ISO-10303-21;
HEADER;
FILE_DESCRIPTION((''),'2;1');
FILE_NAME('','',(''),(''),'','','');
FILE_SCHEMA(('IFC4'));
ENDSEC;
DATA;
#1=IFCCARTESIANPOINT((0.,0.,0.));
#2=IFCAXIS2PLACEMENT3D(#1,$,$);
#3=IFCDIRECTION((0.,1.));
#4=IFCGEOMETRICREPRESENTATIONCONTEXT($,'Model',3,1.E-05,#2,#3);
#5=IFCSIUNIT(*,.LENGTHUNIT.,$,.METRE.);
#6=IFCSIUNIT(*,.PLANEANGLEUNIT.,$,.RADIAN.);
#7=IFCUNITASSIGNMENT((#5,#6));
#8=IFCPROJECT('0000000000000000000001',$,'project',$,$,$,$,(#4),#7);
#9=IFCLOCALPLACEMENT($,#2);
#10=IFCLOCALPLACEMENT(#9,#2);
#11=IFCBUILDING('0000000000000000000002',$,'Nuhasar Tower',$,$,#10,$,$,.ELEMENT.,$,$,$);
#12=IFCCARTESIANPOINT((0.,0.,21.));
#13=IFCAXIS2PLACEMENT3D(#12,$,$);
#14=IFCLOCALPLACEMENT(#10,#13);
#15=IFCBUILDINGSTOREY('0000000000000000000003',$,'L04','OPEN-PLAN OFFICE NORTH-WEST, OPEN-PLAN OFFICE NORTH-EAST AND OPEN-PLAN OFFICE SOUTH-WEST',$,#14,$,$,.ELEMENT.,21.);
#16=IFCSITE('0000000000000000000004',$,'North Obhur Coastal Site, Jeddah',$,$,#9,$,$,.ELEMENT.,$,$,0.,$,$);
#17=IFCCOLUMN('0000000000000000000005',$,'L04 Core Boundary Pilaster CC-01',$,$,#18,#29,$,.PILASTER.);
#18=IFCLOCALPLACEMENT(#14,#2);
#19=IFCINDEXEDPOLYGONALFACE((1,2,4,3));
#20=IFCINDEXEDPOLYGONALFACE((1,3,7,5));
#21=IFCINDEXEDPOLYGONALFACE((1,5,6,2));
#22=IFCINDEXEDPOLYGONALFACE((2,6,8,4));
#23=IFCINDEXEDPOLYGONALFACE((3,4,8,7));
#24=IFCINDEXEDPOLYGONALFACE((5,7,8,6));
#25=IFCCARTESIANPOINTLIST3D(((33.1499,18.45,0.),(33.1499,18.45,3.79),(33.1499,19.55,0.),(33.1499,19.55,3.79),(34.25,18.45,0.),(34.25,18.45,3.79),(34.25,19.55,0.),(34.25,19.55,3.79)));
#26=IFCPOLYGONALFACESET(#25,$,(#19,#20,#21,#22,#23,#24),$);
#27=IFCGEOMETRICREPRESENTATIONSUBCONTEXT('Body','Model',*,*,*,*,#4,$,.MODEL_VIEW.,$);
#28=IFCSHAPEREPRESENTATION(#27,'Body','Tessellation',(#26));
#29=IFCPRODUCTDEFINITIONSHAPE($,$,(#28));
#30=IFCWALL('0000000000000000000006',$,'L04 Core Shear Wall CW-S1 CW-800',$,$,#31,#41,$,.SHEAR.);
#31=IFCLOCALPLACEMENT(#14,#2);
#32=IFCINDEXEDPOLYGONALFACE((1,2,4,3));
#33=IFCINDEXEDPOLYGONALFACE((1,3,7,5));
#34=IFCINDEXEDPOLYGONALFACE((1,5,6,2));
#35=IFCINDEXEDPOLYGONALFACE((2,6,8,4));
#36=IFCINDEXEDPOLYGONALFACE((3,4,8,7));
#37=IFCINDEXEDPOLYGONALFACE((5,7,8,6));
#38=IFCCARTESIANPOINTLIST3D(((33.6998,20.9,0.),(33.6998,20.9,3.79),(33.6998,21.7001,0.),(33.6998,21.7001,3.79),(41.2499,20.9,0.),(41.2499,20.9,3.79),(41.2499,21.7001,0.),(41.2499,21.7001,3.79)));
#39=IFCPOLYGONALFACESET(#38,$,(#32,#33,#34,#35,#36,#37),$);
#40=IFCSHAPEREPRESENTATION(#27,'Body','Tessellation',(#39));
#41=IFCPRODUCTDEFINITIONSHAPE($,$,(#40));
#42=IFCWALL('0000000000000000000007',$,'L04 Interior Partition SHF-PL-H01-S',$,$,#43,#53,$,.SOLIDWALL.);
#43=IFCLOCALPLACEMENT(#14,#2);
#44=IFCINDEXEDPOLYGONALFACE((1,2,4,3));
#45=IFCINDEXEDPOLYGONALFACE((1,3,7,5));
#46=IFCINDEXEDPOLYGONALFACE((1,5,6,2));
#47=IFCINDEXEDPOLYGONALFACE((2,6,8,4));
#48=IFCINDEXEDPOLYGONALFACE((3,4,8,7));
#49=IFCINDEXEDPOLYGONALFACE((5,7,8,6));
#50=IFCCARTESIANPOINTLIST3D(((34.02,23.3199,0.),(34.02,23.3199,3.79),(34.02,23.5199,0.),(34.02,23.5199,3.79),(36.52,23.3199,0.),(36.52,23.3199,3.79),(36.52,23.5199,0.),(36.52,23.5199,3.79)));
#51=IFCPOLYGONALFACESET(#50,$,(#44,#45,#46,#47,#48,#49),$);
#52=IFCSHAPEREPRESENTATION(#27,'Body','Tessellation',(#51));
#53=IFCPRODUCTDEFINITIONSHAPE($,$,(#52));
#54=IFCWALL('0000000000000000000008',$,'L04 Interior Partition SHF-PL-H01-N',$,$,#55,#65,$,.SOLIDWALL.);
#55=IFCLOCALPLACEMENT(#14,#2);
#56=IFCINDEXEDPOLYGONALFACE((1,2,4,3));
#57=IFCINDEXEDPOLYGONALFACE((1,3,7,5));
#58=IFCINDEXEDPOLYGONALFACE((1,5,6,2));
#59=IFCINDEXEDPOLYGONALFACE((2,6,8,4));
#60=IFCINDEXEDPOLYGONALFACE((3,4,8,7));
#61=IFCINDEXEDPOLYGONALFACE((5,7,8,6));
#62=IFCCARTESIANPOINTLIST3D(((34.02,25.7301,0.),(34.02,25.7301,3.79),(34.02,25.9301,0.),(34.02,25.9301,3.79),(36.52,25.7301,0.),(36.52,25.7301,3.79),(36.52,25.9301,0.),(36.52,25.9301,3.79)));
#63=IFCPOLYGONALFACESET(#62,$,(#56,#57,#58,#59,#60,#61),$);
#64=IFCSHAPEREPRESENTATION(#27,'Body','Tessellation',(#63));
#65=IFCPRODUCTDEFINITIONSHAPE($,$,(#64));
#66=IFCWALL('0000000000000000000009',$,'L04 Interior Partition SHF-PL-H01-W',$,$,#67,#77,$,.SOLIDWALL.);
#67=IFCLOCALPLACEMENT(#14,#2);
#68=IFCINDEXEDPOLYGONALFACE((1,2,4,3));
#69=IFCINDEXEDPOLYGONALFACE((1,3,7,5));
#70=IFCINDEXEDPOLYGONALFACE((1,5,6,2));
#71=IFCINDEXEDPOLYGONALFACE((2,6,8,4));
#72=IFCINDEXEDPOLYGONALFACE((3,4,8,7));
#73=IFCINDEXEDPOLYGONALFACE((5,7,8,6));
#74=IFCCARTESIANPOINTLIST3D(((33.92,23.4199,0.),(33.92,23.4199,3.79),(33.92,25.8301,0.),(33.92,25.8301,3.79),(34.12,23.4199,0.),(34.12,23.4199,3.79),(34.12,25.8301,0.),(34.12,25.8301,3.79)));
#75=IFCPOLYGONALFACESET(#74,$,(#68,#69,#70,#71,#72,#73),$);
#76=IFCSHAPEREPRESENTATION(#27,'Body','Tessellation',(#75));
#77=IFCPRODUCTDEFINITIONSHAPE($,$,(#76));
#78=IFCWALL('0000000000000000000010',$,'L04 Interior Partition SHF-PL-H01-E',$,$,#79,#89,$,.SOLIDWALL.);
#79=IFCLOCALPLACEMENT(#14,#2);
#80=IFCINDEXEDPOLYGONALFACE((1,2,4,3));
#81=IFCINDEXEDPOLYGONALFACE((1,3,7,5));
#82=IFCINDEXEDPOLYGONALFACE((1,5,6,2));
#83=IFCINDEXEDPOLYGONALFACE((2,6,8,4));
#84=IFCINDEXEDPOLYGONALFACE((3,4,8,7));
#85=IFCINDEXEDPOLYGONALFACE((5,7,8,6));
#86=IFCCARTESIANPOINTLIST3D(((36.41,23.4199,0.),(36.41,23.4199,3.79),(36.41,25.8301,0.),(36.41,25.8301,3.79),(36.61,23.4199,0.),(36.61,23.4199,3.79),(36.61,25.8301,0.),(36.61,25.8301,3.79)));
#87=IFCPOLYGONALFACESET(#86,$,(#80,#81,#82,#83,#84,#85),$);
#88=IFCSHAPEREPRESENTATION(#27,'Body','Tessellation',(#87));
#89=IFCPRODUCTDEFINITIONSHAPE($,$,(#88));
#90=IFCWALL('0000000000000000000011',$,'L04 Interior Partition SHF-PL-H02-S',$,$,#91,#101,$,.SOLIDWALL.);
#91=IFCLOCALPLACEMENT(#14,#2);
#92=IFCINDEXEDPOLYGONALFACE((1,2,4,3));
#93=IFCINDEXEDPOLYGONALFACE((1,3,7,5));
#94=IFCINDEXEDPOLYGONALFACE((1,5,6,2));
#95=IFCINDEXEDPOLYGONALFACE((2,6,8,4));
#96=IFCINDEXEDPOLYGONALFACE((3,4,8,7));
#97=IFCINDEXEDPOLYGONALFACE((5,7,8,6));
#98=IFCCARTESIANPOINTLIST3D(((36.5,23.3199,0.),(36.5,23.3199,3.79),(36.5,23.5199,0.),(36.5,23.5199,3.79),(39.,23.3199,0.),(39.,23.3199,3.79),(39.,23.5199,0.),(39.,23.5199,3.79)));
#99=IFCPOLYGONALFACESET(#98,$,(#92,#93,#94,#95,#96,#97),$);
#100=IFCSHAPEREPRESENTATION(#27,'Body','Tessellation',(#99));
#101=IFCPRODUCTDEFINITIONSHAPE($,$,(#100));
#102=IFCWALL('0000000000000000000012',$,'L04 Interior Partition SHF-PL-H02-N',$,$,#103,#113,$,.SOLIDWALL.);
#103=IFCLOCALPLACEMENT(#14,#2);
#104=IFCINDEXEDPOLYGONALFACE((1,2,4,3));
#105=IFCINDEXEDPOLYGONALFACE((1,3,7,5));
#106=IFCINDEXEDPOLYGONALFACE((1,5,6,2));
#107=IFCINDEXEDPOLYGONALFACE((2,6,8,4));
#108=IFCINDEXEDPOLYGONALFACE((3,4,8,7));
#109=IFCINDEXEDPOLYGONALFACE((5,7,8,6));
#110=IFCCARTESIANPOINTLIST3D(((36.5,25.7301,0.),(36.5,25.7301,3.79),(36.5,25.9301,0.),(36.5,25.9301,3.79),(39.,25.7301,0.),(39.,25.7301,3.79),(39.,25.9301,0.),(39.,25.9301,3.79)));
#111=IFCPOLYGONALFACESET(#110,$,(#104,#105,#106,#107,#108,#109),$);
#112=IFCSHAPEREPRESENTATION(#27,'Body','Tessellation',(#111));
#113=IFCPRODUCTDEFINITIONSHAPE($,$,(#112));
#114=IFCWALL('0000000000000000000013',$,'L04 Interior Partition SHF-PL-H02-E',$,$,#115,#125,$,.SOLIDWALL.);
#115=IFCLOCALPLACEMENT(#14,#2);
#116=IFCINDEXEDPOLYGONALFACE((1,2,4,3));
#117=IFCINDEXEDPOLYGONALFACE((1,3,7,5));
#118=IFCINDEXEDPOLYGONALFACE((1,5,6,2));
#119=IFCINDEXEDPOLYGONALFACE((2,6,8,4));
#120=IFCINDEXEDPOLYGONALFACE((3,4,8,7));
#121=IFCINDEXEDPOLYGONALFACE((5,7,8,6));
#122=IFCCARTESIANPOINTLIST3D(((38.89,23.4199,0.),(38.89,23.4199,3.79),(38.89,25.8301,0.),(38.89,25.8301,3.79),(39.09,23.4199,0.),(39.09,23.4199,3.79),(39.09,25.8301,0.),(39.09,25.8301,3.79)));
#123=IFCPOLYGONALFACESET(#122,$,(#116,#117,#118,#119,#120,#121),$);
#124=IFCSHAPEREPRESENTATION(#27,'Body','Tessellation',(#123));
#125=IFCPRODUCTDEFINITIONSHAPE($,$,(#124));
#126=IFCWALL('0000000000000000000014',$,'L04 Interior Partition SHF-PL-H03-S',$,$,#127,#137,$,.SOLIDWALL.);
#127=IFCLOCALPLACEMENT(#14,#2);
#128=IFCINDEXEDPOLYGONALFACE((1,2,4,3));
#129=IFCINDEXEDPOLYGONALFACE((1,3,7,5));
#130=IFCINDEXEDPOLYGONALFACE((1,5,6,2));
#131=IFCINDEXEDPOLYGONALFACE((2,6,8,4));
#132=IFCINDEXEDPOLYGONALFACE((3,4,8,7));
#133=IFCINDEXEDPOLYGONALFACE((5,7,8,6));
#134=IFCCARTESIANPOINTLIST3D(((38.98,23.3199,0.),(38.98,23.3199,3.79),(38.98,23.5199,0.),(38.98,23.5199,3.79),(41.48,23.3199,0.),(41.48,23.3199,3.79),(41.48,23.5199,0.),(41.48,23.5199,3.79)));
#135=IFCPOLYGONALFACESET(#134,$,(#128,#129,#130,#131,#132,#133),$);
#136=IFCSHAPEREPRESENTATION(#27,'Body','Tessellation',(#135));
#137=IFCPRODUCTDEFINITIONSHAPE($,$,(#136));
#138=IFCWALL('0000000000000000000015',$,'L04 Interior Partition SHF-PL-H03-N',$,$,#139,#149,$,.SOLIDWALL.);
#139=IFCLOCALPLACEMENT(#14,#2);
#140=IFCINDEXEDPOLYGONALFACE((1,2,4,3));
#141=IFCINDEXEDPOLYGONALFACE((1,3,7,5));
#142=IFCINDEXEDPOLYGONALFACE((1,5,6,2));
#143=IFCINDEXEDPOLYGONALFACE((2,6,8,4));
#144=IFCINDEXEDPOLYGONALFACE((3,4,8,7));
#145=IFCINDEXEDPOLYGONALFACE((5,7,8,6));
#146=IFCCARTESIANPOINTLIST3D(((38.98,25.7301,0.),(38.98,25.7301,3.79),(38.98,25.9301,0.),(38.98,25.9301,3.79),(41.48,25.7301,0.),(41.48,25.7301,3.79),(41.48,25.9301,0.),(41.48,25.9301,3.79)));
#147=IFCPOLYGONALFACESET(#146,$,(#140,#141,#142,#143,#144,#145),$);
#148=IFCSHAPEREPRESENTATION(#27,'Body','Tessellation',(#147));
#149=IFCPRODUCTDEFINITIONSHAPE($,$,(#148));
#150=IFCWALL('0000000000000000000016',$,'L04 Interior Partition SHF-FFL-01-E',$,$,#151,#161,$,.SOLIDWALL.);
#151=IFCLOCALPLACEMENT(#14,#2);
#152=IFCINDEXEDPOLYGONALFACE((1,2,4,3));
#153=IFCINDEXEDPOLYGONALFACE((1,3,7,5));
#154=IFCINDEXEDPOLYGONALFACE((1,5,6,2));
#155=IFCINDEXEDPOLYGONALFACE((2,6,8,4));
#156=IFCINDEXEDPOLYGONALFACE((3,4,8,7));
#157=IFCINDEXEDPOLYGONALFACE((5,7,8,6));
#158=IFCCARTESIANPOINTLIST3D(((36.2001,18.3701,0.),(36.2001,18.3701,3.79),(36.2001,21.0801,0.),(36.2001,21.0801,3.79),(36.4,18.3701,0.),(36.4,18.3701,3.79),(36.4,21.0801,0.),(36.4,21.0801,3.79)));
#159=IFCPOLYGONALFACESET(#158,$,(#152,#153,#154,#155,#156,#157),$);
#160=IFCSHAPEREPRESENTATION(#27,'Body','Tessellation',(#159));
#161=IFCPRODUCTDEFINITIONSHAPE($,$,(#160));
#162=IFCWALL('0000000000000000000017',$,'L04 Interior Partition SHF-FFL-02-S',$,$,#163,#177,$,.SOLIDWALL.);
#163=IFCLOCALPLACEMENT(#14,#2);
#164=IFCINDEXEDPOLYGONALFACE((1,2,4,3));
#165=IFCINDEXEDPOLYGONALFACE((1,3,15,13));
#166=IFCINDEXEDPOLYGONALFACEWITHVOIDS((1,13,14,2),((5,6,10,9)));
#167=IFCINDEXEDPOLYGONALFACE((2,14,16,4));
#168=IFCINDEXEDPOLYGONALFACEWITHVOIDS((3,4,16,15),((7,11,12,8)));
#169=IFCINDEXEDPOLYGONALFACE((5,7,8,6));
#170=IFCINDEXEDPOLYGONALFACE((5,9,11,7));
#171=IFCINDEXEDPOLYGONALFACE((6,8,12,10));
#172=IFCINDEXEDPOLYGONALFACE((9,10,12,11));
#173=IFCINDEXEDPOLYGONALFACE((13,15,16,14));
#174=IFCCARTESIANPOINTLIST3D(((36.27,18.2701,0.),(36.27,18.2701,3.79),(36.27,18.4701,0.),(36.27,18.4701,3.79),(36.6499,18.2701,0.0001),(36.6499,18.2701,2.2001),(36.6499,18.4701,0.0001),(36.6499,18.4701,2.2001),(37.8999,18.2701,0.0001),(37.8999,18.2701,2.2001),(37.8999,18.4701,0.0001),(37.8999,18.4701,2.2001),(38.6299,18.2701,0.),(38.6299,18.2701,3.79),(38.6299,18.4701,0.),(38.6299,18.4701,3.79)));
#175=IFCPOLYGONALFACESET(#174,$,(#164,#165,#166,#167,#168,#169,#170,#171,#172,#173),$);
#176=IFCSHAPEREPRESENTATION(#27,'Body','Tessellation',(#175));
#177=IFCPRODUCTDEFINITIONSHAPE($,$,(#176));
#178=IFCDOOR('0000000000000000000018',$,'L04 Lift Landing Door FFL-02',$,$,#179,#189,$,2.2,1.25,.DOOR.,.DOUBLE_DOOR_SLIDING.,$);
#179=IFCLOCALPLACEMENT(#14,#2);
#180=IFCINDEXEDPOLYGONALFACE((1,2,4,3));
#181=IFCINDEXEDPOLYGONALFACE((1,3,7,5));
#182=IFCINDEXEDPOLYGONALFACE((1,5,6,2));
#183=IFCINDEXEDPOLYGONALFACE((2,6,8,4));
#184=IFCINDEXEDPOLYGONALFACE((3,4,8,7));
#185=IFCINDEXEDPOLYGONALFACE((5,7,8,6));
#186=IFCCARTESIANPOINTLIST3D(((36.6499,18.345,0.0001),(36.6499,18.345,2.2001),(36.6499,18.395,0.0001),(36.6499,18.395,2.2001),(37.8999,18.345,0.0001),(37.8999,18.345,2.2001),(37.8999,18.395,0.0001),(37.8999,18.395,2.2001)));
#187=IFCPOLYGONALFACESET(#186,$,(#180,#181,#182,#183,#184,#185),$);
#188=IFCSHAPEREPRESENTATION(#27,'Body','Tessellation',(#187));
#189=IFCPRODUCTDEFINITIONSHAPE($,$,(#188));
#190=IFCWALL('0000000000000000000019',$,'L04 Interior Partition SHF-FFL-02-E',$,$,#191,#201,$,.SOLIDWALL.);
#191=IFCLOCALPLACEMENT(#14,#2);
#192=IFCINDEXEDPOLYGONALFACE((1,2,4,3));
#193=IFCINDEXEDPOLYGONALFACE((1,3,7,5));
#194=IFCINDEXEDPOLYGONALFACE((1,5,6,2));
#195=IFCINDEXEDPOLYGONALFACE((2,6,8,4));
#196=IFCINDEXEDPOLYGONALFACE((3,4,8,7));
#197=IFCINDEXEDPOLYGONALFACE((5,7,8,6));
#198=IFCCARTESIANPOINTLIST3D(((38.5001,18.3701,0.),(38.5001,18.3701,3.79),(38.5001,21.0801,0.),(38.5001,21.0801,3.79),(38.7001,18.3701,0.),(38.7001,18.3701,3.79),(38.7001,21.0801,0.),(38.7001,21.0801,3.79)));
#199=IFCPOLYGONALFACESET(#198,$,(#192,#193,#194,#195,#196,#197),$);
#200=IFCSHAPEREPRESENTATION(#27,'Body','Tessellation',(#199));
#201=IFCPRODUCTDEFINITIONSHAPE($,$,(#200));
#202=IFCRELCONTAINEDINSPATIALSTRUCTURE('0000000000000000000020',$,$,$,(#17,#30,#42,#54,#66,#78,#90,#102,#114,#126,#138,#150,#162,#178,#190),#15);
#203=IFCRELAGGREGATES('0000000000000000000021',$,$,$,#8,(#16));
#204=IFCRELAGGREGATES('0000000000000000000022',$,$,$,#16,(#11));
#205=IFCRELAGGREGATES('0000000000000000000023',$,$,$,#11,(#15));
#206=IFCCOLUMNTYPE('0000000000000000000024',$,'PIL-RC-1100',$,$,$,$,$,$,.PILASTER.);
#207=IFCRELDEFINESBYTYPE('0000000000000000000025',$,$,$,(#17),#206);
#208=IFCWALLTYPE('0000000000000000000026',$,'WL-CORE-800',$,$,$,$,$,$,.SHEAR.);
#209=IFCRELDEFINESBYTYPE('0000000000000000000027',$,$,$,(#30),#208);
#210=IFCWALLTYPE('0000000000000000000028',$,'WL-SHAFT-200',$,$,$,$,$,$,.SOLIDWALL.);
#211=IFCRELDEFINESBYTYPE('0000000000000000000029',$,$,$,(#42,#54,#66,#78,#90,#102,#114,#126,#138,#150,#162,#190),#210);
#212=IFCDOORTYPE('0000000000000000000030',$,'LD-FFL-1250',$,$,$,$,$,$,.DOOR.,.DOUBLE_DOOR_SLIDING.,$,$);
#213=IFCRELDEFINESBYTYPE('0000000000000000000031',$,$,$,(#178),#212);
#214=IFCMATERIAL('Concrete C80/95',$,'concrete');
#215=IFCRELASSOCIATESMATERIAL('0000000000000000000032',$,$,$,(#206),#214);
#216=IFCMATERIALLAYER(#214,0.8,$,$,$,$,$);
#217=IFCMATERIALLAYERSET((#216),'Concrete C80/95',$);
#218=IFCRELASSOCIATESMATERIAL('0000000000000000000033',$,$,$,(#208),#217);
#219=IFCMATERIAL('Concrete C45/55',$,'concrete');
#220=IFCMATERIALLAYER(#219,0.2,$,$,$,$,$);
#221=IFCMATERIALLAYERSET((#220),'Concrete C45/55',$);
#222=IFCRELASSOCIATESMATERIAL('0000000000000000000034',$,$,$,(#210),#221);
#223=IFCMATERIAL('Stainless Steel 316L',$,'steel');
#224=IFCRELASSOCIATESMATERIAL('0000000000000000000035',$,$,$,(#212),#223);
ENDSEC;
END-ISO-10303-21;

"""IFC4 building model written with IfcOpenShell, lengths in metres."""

from ifc_helpers import new_model, si_unit, direction, frame, frame_2d, origin, origin_2d, place, context, subcontext, project, spatial, rectangle, extrude, material, layer, layer_set, material_profile, profile_set, type_object, element, fill, save


model = new_model("IFC4")

# Units and contexts
model_context = context("Model", 3, precision=1e-05, world=origin(), true_north=direction((0.0, 1.0)))
body_context = subcontext(model_context, "Body", "Model", "MODEL_VIEW")
ifc_project = project(units=[si_unit("LENGTHUNIT", "METRE"), si_unit("PLANEANGLEUNIT", "RADIAN")], contexts=[model_context])

# Site, building, storey
site_placement = place(None, origin())
site = spatial("IfcSite", under=ifc_project, at=site_placement, Name="North Obhur Coastal Site, Jeddah", CompositionType="ELEMENT", RefElevation=0.0)
building_placement = place(site_placement, origin())
building = spatial("IfcBuilding", under=site, at=building_placement, Name="Nuhasar Tower", CompositionType="ELEMENT")
storey_placement = place(building_placement, frame((0.0, 0.0, 21.0)))
storey = spatial("IfcBuildingStorey", under=building, at=storey_placement, Name="L04", Description="OPEN-PLAN OFFICE NORTH-WEST, OPEN-PLAN OFFICE NORTH-EAST AND OPEN-PLAN OFFICE SOUTH-WEST", CompositionType="ELEMENT", Elevation=21.0)

# Column
ifc_material_1 = material(Name="Concrete C80/95", Category="concrete")
ifc_material_profile = material_profile(ifc_material_1, rectangle(XDim=1.1001, YDim=1.1001, at=origin_2d()), Name="RC1100X1100")
ifc_profile_set = profile_set([ifc_material_profile], Name="Concrete C80/95")
column_type = type_object("IfcColumnType", Name="PIL-RC-1100", PredefinedType="PILASTER", material=ifc_profile_set)
column_placement = place(storey_placement, frame((33.7, 19.0, 0.0), z_axis=(0.0, 0.0, 1.0), x_axis=(1.0, 0.0, 0.0)))
element("IfcColumn", 1, at=column_placement, inside=storey, type_object=column_type, Name="L04 Core Boundary Pilaster CC-01", PredefinedType="PILASTER", context=body_context, shape_type="SweptSolid", body=[
    extrude(rectangle(XDim=1.1001, YDim=1.1001, at=origin_2d()), origin(), (0.0, 0.0, 1.0), 3.79),
])

# Wall
ifc_layer_1 = layer(ifc_material_1, 0.8)
ifc_layer_set_1 = layer_set([ifc_layer_1], Name="Concrete C80/95")
wall_type_1 = type_object("IfcWallType", Name="WL-CORE-800", PredefinedType="SHEAR", material=ifc_layer_set_1)
wall_1_placement = place(storey_placement, frame((33.7, 21.3, 0.0), z_axis=(0.0, 0.0, 1.0), x_axis=(1.0, 0.0, 0.0)))
element("IfcWall", 2, at=wall_1_placement, inside=storey, type_object=wall_type_1, Name="L04 Core Shear Wall CW-S1 CW-800", PredefinedType="SHEAR", context=body_context, shape_type="SweptSolid", body=[
    extrude(rectangle(XDim=7.55, YDim=0.8, at=frame_2d((3.7749, 0.0))), origin(), (0.0, 0.0, 1.0), 3.79),
])

# Shared definitions
ifc_material_2 = material(Name="Concrete C45/55", Category="concrete")

# Walls
ifc_layer_2 = layer(ifc_material_2, 0.2)
ifc_layer_set_2 = layer_set([ifc_layer_2], Name="Concrete C45/55")
wall_type_2 = type_object("IfcWallType", Name="WL-SHAFT-200", PredefinedType="SOLIDWALL", material=ifc_layer_set_2)
for number, where, z_axis, x_axis, name in (
    (3, (34.02, 23.4199, 0.0), (0.0, 0.0, 1.0), (1.0, 0.0, 0.0), "L04 Interior Partition SHF-PL-H01-S"),
    (4, (34.02, 25.8301, 0.0), (0.0, 0.0, 1.0), (1.0, 0.0, 0.0), "L04 Interior Partition SHF-PL-H01-N"),
):
    element("IfcWall", number, at=place(storey_placement, frame(where, z_axis=z_axis, x_axis=x_axis)), inside=storey, type_object=wall_type_2, Name=name, PredefinedType="SOLIDWALL", context=body_context, shape_type="SweptSolid", body=[
        extrude(rectangle(XDim=2.5, YDim=0.2, at=frame_2d((1.25, 0.0))), origin(), (0.0, 0.0, 1.0), 3.79),
    ])
for number, where, z_axis, x_axis, name in (
    (5, (34.02, 23.4199, 0.0), (0.0, 0.0, 1.0), (0.0, 1.0, 0.0), "L04 Interior Partition SHF-PL-H01-W"),
    (6, (36.51, 23.4199, 0.0), (0.0, 0.0, 1.0), (0.0, 1.0, 0.0), "L04 Interior Partition SHF-PL-H01-E"),
):
    element("IfcWall", number, at=place(storey_placement, frame(where, z_axis=z_axis, x_axis=x_axis)), inside=storey, type_object=wall_type_2, Name=name, PredefinedType="SOLIDWALL", context=body_context, shape_type="SweptSolid", body=[
        extrude(rectangle(XDim=2.4102, YDim=0.2, at=frame_2d((1.2051, 0.0))), origin(), (0.0, 0.0, 1.0), 3.79),
    ])
for number, where, z_axis, x_axis, name in (
    (7, (36.5, 23.4199, 0.0), (0.0, 0.0, 1.0), (1.0, 0.0, 0.0), "L04 Interior Partition SHF-PL-H02-S"),
    (8, (36.5, 25.8301, 0.0), (0.0, 0.0, 1.0), (1.0, 0.0, 0.0), "L04 Interior Partition SHF-PL-H02-N"),
):
    element("IfcWall", number, at=place(storey_placement, frame(where, z_axis=z_axis, x_axis=x_axis)), inside=storey, type_object=wall_type_2, Name=name, PredefinedType="SOLIDWALL", context=body_context, shape_type="SweptSolid", body=[
        extrude(rectangle(XDim=2.5, YDim=0.2, at=frame_2d((1.25, 0.0))), origin(), (0.0, 0.0, 1.0), 3.79),
    ])
wall_2_placement = place(storey_placement, frame((38.99, 23.4199, 0.0), z_axis=(0.0, 0.0, 1.0), x_axis=(0.0, 1.0, 0.0)))
element("IfcWall", 9, at=wall_2_placement, inside=storey, type_object=wall_type_2, Name="L04 Interior Partition SHF-PL-H02-E", PredefinedType="SOLIDWALL", context=body_context, shape_type="SweptSolid", body=[
    extrude(rectangle(XDim=2.4102, YDim=0.2, at=frame_2d((1.2051, 0.0))), origin(), (0.0, 0.0, 1.0), 3.79),
])
for number, where, z_axis, x_axis, name in (
    (10, (38.98, 23.4199, 0.0), (0.0, 0.0, 1.0), (1.0, 0.0, 0.0), "L04 Interior Partition SHF-PL-H03-S"),
    (11, (38.98, 25.8301, 0.0), (0.0, 0.0, 1.0), (1.0, 0.0, 0.0), "L04 Interior Partition SHF-PL-H03-N"),
):
    element("IfcWall", number, at=place(storey_placement, frame(where, z_axis=z_axis, x_axis=x_axis)), inside=storey, type_object=wall_type_2, Name=name, PredefinedType="SOLIDWALL", context=body_context, shape_type="SweptSolid", body=[
        extrude(rectangle(XDim=2.5, YDim=0.2, at=frame_2d((1.25, 0.0))), origin(), (0.0, 0.0, 1.0), 3.79),
    ])
wall_3_placement = place(storey_placement, frame((36.3, 18.3701, 0.0), z_axis=(0.0, 0.0, 1.0), x_axis=(0.0, 1.0, 0.0)))
element("IfcWall", 12, at=wall_3_placement, inside=storey, type_object=wall_type_2, Name="L04 Interior Partition SHF-FFL-01-E", PredefinedType="SOLIDWALL", context=body_context, shape_type="SweptSolid", body=[
    extrude(rectangle(XDim=2.71, YDim=0.2, at=frame_2d((1.355, 0.0))), origin(), (0.0, 0.0, 1.0), 3.79),
])

# Wall, opening, door
wall_4_placement = place(storey_placement, frame((36.27, 18.3701, 0.0), z_axis=(0.0, 0.0, 1.0), x_axis=(1.0, 0.0, 0.0)))
wall_4 = element("IfcWall", 13, at=wall_4_placement, inside=storey, type_object=wall_type_2, Name="L04 Interior Partition SHF-FFL-02-S", PredefinedType="SOLIDWALL", context=body_context, shape_type="SweptSolid", body=[
    extrude(rectangle(XDim=2.3599, YDim=0.2, at=frame_2d((1.1799, 0.0))), origin(), (0.0, 0.0, 1.0), 3.79),
])
opening_1_placement = place(wall_4_placement, frame((0.3799, 0.0, 0.0)))
opening_1 = element("IfcOpeningElement", 14, at=opening_1_placement, cuts=wall_4, PredefinedType="OPENING", context=body_context, shape_type="SweptSolid", body=[
    extrude(rectangle(XDim=1.25, YDim=2.2, at=frame_2d((0.625, 1.1001))), frame((0.0, 0.1099, 0.0), z_axis=(0.0, -1.0, 0.0), x_axis=(1.0, 0.0, 0.0)), (0.0, 0.0, 1.0), 0.22),
])
ifc_material_3 = material(Name="Stainless Steel 316L", Category="steel")
door_type_1 = type_object("IfcDoorType", Name="LD-FFL-1250", OperationType="DOUBLE_DOOR_SLIDING", PredefinedType="DOOR", material=ifc_material_3)
door_1_placement = place(opening_1_placement, origin())
door_1 = element("IfcDoor", 15, at=door_1_placement, inside=storey, type_object=door_type_1, Name="L04 Lift Landing Door FFL-02", OperationType="DOUBLE_DOOR_SLIDING", OverallHeight=2.2, OverallWidth=1.25, PredefinedType="DOOR", context=body_context, shape_type="SweptSolid", body=[
    extrude(rectangle(XDim=1.25, YDim=2.2, at=frame_2d((0.625, 1.1001))), frame((0.0, 0.0249, 0.0), z_axis=(0.0, -1.0, 0.0), x_axis=(1.0, 0.0, 0.0)), (0.0, 0.0, 1.0), 0.05),
])
fill(opening_1, door_1)

# Wall
wall_5_placement = place(storey_placement, frame((38.6001, 18.3701, 0.0), z_axis=(0.0, 0.0, 1.0), x_axis=(0.0, 1.0, 0.0)))
element("IfcWall", 16, at=wall_5_placement, inside=storey, type_object=wall_type_2, Name="L04 Interior Partition SHF-FFL-02-E", PredefinedType="SOLIDWALL", context=body_context, shape_type="SweptSolid", body=[
    extrude(rectangle(XDim=2.71, YDim=0.2, at=frame_2d((1.355, 0.0))), origin(), (0.0, 0.0, 1.0), 3.79),
])

save(model, "model.ifc")
